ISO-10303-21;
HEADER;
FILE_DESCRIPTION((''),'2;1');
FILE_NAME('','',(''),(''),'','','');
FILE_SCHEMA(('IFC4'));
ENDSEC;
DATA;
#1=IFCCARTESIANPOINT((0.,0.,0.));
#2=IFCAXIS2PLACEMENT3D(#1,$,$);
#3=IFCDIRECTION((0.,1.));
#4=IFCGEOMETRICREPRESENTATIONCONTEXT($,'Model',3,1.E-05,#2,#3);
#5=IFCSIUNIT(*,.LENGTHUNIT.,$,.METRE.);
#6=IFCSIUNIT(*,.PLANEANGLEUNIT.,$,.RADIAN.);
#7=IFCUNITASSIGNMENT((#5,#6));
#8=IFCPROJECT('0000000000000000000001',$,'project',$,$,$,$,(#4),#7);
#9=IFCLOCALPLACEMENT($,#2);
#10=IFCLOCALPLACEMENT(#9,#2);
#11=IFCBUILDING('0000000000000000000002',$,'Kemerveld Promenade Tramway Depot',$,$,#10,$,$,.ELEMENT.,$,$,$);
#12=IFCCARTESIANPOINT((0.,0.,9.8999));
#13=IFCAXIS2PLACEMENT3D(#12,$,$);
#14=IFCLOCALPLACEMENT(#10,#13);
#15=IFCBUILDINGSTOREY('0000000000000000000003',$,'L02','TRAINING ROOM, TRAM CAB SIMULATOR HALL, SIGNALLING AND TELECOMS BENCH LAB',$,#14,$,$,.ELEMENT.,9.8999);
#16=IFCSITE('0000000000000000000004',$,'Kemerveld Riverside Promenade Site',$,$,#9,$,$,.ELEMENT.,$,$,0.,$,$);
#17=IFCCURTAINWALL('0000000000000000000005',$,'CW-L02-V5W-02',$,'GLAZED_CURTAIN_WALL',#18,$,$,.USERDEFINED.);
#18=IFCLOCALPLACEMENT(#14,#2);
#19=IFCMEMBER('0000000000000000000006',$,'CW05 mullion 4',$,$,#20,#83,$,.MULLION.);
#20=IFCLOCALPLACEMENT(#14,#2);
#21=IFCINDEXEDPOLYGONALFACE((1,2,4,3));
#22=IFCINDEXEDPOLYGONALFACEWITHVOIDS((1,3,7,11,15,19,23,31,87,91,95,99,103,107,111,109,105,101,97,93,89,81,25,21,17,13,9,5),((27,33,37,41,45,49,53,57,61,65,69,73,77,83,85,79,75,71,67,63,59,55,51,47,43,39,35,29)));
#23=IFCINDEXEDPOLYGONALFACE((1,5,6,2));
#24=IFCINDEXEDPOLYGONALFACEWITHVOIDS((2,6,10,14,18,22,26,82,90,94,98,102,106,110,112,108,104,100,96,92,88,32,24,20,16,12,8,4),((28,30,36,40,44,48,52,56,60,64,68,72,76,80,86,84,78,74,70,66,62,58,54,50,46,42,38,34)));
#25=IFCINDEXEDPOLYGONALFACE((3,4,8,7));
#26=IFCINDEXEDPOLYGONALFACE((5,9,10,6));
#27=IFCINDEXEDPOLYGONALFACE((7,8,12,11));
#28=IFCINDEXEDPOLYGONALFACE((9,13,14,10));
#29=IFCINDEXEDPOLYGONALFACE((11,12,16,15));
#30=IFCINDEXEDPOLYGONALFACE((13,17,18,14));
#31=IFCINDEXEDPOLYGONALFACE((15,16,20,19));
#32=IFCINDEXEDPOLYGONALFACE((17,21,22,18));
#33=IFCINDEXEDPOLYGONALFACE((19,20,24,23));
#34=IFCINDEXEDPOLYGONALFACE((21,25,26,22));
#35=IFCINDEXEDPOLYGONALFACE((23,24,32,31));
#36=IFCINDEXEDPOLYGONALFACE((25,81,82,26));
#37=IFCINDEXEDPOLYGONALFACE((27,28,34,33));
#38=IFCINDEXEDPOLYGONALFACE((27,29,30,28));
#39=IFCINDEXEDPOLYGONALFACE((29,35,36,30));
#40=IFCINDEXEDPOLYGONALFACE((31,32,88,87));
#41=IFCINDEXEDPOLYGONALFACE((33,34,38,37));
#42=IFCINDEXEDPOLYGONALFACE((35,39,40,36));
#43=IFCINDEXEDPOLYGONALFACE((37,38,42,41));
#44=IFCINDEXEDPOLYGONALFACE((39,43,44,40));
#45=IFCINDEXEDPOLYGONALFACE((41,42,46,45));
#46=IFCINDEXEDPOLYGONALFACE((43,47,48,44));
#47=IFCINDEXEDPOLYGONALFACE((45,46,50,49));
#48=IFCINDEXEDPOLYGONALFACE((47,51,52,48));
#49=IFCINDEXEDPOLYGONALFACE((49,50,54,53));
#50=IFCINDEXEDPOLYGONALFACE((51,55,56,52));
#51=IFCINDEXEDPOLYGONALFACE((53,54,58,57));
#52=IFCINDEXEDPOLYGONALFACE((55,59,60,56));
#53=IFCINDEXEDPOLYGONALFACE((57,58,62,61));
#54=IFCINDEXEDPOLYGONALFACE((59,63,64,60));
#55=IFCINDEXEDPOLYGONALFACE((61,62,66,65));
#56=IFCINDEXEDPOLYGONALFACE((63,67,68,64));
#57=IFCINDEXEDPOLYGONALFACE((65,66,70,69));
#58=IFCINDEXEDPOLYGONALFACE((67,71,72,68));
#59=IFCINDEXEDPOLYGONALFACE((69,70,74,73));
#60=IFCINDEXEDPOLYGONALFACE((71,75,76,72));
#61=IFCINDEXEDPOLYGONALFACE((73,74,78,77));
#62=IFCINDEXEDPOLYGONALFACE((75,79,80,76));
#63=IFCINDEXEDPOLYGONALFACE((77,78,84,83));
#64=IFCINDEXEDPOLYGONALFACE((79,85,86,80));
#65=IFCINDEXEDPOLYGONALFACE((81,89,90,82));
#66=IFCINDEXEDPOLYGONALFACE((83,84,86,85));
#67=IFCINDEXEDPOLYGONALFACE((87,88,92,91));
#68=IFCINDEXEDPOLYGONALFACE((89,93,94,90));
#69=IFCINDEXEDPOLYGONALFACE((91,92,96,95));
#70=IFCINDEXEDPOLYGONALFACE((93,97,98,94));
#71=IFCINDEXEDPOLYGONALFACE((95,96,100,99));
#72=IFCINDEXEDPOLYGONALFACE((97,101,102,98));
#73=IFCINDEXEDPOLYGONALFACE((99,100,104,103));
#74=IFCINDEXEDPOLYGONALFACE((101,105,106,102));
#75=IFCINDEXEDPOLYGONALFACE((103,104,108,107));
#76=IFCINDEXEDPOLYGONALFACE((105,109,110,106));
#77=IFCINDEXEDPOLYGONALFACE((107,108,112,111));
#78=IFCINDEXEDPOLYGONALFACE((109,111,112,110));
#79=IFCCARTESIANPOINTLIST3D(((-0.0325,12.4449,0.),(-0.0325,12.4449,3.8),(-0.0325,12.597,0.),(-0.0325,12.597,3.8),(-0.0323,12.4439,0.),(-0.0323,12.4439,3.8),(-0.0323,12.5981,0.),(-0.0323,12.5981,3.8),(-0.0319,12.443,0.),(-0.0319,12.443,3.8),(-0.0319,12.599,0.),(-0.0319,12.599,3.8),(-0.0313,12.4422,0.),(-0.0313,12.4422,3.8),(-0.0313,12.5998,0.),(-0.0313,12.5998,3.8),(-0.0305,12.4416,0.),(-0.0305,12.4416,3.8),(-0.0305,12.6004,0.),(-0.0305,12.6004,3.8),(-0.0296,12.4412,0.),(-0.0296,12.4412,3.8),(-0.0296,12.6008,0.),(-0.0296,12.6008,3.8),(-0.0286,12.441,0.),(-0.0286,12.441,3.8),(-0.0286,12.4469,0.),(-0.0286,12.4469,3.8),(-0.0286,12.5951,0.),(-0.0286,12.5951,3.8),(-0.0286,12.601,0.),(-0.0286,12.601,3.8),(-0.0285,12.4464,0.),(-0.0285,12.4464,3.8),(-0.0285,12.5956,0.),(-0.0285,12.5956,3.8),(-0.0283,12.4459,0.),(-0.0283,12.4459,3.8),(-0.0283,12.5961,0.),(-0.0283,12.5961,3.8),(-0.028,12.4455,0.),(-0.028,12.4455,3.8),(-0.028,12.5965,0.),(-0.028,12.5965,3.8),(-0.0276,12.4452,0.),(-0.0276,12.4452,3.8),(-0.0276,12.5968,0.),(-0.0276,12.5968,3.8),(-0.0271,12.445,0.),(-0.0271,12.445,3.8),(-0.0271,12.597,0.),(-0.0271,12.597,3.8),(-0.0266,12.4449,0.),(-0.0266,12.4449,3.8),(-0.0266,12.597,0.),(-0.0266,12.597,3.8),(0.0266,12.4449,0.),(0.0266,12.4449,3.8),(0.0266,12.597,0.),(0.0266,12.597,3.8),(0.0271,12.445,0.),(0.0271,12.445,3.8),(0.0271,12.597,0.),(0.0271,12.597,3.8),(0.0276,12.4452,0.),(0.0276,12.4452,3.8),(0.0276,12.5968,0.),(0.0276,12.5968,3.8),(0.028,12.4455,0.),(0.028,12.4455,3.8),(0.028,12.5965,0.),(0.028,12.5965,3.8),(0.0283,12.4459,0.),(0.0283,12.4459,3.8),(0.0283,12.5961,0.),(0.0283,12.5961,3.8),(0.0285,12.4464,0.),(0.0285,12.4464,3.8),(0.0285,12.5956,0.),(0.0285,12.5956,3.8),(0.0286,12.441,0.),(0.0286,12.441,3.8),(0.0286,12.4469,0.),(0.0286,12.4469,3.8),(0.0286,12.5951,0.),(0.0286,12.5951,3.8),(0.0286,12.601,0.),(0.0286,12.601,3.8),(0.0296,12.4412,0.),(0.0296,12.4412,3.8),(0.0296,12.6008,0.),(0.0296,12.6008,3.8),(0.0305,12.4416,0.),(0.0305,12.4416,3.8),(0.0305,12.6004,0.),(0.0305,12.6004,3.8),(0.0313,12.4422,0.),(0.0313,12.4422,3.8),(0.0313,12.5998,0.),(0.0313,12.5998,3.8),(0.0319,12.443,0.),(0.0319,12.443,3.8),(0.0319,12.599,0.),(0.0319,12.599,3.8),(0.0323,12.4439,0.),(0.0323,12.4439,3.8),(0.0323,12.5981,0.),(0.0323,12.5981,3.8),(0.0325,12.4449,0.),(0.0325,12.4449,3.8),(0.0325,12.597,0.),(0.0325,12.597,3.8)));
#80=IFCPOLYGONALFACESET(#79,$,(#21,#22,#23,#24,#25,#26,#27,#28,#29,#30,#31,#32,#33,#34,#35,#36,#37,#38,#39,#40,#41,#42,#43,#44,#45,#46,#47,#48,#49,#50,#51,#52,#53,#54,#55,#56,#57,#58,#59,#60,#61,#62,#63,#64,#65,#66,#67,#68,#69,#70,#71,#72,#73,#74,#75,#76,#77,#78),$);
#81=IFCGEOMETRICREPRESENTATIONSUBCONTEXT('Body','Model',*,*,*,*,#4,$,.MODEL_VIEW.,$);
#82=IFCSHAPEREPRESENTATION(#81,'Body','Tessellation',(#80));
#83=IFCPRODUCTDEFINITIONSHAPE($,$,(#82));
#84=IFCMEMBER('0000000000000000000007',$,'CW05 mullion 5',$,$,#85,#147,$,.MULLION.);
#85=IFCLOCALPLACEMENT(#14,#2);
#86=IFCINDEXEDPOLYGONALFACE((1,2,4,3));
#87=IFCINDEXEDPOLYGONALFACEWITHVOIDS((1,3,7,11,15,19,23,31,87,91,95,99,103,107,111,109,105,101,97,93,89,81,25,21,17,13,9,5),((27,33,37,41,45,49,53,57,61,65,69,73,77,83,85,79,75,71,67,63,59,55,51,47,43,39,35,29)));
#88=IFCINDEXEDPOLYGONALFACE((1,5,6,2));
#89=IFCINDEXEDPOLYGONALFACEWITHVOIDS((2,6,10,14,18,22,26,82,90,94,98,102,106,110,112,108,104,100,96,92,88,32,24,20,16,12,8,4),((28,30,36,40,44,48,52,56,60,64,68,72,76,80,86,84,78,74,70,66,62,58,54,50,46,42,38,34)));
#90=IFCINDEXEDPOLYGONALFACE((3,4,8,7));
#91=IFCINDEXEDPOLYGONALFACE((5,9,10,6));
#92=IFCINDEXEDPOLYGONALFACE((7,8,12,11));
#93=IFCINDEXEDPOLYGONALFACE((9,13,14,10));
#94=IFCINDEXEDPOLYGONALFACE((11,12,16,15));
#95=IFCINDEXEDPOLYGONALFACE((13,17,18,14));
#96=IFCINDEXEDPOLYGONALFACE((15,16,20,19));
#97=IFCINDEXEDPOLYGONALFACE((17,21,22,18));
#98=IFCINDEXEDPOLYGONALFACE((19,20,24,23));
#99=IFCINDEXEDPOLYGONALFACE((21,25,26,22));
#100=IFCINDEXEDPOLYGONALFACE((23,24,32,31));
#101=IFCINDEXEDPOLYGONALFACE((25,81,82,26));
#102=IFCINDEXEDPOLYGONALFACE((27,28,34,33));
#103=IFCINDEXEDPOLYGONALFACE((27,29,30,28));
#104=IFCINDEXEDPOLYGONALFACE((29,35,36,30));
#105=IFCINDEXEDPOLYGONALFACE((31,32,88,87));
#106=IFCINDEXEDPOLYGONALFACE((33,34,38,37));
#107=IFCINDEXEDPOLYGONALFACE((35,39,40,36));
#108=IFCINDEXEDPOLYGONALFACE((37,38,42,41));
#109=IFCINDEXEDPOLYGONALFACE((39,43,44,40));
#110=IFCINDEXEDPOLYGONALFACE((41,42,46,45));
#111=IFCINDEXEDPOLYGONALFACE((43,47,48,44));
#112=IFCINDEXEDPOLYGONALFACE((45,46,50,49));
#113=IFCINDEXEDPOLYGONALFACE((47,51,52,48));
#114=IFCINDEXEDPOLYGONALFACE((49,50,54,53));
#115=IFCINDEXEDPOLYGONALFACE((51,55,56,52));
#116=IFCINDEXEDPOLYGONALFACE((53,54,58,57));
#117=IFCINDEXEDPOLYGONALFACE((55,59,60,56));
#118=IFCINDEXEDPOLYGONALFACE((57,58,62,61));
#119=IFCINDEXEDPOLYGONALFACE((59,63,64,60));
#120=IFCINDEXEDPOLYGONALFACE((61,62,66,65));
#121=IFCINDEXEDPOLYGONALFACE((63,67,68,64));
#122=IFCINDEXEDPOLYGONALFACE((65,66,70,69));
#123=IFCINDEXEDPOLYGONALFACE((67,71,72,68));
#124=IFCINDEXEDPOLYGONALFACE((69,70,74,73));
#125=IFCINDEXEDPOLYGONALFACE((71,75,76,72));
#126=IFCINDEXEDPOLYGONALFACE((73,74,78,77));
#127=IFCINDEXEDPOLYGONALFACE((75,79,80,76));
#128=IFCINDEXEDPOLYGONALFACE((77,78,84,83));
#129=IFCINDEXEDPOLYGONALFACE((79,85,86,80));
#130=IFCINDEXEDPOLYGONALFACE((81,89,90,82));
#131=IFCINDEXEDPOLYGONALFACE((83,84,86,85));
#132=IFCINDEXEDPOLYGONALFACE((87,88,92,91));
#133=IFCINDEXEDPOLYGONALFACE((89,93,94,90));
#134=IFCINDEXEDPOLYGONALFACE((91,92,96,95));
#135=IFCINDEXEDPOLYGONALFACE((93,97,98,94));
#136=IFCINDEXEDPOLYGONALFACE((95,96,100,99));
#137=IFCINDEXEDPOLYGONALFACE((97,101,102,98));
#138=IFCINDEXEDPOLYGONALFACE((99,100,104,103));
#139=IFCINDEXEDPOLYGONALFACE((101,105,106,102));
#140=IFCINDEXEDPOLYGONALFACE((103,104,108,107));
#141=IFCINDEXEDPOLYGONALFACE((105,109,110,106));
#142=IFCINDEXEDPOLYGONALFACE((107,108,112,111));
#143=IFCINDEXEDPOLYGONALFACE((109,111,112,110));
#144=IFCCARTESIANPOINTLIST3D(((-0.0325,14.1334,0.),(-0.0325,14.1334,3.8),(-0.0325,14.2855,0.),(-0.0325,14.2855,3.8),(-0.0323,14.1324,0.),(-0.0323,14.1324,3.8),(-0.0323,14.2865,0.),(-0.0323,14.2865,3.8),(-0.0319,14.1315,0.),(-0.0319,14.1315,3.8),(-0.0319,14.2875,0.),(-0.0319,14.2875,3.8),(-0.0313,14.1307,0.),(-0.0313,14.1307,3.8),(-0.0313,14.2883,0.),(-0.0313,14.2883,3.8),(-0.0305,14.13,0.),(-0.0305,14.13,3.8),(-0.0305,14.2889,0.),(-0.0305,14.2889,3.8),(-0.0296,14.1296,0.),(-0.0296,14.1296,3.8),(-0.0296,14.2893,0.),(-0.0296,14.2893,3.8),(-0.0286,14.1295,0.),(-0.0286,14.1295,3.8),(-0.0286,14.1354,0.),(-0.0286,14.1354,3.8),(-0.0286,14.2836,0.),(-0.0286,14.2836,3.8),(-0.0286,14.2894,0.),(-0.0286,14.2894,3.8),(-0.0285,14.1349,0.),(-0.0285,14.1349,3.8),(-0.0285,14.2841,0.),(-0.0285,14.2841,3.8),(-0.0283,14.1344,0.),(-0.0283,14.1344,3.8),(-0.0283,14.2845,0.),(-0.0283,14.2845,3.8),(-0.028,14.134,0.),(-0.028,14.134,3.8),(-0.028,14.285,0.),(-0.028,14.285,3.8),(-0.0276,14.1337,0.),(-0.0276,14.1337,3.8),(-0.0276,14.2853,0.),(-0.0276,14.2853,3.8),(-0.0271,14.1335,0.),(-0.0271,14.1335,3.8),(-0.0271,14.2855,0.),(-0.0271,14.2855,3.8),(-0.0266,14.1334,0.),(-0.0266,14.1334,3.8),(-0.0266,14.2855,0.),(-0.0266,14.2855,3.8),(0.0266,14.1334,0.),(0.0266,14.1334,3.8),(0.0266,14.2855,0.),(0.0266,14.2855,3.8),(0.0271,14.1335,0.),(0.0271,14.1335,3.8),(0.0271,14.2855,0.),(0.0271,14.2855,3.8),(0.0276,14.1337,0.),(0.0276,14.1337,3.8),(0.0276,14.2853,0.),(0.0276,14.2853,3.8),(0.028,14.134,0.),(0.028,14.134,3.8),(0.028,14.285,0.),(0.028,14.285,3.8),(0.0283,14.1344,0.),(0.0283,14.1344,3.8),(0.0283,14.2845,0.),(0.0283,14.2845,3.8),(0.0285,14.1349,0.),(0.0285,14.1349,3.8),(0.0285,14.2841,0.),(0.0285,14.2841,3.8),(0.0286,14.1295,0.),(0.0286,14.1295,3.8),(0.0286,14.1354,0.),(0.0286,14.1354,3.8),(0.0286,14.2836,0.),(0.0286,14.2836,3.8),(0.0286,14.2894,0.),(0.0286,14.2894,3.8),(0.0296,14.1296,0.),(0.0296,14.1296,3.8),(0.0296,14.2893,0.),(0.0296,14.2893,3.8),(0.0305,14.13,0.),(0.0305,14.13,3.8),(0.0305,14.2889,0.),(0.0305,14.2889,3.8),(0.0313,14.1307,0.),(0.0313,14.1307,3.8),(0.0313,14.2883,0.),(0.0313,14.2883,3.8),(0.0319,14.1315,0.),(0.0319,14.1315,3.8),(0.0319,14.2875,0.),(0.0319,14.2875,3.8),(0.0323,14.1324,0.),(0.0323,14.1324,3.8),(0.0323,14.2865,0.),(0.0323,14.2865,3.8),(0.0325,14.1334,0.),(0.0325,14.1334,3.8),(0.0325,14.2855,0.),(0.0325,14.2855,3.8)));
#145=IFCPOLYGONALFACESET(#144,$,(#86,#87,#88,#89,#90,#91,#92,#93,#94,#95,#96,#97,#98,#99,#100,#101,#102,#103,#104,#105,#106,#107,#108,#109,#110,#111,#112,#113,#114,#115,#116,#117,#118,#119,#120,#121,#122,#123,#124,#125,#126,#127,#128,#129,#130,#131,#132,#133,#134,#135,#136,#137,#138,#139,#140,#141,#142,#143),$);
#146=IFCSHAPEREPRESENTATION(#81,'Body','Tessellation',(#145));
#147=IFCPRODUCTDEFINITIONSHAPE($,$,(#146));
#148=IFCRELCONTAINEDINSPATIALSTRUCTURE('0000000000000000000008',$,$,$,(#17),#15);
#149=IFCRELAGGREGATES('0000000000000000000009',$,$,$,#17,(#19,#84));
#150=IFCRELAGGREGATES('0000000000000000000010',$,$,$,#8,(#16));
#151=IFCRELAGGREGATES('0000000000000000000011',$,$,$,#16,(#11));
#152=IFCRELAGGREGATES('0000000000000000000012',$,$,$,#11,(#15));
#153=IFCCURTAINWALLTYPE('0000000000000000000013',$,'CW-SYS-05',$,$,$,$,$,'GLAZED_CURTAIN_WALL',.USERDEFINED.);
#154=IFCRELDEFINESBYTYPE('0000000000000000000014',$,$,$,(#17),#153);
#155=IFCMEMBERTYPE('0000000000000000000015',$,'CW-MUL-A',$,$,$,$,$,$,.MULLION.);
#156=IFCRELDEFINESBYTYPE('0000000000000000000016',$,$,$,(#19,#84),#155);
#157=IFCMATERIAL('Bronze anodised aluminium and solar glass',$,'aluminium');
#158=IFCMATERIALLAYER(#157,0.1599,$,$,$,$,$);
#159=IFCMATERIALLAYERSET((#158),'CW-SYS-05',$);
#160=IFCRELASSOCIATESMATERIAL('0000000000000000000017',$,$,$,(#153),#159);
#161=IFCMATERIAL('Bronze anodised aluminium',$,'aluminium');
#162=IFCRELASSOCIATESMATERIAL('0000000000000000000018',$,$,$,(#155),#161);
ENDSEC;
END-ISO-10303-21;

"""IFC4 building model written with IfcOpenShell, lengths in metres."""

from ifc_helpers import new_model, si_unit, direction, frame, origin, origin_2d, place, context, subcontext, project, spatial, hollow_rectangle, extrude, material, layer, layer_set, material_profile, profile_set, type_object, element, aggregate, save


model = new_model("IFC4")

# Units and contexts
model_context = context("Model", 3, precision=1e-05, world=origin(), true_north=direction((0.0, 1.0)))
body_context = subcontext(model_context, "Body", "Model", "MODEL_VIEW")
ifc_project = project(units=[si_unit("LENGTHUNIT", "METRE"), si_unit("PLANEANGLEUNIT", "RADIAN")], contexts=[model_context])

# Site, building, storey
site_placement = place(None, origin())
site = spatial("IfcSite", under=ifc_project, at=site_placement, Name="Kemerveld Riverside Promenade Site", CompositionType="ELEMENT", RefElevation=0.0)
building_placement = place(site_placement, origin())
building = spatial("IfcBuilding", under=site, at=building_placement, Name="Kemerveld Promenade Tramway Depot", CompositionType="ELEMENT")
storey_placement = place(building_placement, frame((0.0, 0.0, 9.8999)))
storey = spatial("IfcBuildingStorey", under=building, at=storey_placement, Name="L02", Description="TRAINING ROOM, TRAM CAB SIMULATOR HALL, SIGNALLING AND TELECOMS BENCH LAB", CompositionType="ELEMENT", Elevation=9.8999)

# Curtain wall, members
ifc_material_1 = material(Name="Bronze anodised aluminium and solar glass", Category="aluminium")
ifc_layer_1 = layer(ifc_material_1, 0.1599)
ifc_layer_set_1 = layer_set([ifc_layer_1], Name="CW-SYS-05")
curtain_wall_type = type_object("IfcCurtainWallType", Name="CW-SYS-05", ElementType="GLAZED_CURTAIN_WALL", PredefinedType="USERDEFINED", material=ifc_layer_set_1)
curtain_wall_placement = place(storey_placement, origin())
curtain_wall = element("IfcCurtainWall", 1, at=curtain_wall_placement, inside=storey, type_object=curtain_wall_type, Name="CW-L02-V5W-02", ObjectType="GLAZED_CURTAIN_WALL", PredefinedType="USERDEFINED")
ifc_material_2 = material(Name="Bronze anodised aluminium", Category="aluminium")
ifc_material_profile_1 = material_profile(ifc_material_2, hollow_rectangle(XDim=0.0649, YDim=0.1599, WallThickness=0.0039, InnerFilletRadius=0.002, OuterFilletRadius=0.0039, at=origin_2d()), Name="CW-MUL-160x65")
ifc_profile_set_1 = profile_set([ifc_material_profile_1], Name="Bronze anodised aluminium")
member_type_1 = type_object("IfcMemberType", Name="CW-MUL-A", PredefinedType="MULLION", material=ifc_profile_set_1)
member_1_placement = place(storey_placement, frame((0.0, 12.521, 0.0), z_axis=(0.0, 0.0, 1.0), x_axis=(-1.0, 0.0, 0.0)))
member_1 = element("IfcMember", 2, at=member_1_placement, type_object=member_type_1, Name="CW05 mullion 4", PredefinedType="MULLION", context=body_context, shape_type="SweptSolid", body=[
    extrude(hollow_rectangle(XDim=0.0649, YDim=0.1599, WallThickness=0.0039, InnerFilletRadius=0.002, OuterFilletRadius=0.0039, at=origin_2d()), origin(), (0.0, 0.0, 1.0), 3.8),
])
member_2_placement = place(storey_placement, frame((0.0, 14.2095, 0.0), z_axis=(0.0, 0.0, 1.0), x_axis=(-1.0, 0.0, 0.0)))
member_2 = element("IfcMember", 3, at=member_2_placement, type_object=member_type_1, Name="CW05 mullion 5", PredefinedType="MULLION", context=body_context, shape_type="SweptSolid", body=[
    extrude(hollow_rectangle(XDim=0.0649, YDim=0.1599, WallThickness=0.0039, InnerFilletRadius=0.002, OuterFilletRadius=0.0039, at=origin_2d()), origin(), (0.0, 0.0, 1.0), 3.8),
])
aggregate(curtain_wall, [member_1, member_2])

save(model, "model.ifc")
